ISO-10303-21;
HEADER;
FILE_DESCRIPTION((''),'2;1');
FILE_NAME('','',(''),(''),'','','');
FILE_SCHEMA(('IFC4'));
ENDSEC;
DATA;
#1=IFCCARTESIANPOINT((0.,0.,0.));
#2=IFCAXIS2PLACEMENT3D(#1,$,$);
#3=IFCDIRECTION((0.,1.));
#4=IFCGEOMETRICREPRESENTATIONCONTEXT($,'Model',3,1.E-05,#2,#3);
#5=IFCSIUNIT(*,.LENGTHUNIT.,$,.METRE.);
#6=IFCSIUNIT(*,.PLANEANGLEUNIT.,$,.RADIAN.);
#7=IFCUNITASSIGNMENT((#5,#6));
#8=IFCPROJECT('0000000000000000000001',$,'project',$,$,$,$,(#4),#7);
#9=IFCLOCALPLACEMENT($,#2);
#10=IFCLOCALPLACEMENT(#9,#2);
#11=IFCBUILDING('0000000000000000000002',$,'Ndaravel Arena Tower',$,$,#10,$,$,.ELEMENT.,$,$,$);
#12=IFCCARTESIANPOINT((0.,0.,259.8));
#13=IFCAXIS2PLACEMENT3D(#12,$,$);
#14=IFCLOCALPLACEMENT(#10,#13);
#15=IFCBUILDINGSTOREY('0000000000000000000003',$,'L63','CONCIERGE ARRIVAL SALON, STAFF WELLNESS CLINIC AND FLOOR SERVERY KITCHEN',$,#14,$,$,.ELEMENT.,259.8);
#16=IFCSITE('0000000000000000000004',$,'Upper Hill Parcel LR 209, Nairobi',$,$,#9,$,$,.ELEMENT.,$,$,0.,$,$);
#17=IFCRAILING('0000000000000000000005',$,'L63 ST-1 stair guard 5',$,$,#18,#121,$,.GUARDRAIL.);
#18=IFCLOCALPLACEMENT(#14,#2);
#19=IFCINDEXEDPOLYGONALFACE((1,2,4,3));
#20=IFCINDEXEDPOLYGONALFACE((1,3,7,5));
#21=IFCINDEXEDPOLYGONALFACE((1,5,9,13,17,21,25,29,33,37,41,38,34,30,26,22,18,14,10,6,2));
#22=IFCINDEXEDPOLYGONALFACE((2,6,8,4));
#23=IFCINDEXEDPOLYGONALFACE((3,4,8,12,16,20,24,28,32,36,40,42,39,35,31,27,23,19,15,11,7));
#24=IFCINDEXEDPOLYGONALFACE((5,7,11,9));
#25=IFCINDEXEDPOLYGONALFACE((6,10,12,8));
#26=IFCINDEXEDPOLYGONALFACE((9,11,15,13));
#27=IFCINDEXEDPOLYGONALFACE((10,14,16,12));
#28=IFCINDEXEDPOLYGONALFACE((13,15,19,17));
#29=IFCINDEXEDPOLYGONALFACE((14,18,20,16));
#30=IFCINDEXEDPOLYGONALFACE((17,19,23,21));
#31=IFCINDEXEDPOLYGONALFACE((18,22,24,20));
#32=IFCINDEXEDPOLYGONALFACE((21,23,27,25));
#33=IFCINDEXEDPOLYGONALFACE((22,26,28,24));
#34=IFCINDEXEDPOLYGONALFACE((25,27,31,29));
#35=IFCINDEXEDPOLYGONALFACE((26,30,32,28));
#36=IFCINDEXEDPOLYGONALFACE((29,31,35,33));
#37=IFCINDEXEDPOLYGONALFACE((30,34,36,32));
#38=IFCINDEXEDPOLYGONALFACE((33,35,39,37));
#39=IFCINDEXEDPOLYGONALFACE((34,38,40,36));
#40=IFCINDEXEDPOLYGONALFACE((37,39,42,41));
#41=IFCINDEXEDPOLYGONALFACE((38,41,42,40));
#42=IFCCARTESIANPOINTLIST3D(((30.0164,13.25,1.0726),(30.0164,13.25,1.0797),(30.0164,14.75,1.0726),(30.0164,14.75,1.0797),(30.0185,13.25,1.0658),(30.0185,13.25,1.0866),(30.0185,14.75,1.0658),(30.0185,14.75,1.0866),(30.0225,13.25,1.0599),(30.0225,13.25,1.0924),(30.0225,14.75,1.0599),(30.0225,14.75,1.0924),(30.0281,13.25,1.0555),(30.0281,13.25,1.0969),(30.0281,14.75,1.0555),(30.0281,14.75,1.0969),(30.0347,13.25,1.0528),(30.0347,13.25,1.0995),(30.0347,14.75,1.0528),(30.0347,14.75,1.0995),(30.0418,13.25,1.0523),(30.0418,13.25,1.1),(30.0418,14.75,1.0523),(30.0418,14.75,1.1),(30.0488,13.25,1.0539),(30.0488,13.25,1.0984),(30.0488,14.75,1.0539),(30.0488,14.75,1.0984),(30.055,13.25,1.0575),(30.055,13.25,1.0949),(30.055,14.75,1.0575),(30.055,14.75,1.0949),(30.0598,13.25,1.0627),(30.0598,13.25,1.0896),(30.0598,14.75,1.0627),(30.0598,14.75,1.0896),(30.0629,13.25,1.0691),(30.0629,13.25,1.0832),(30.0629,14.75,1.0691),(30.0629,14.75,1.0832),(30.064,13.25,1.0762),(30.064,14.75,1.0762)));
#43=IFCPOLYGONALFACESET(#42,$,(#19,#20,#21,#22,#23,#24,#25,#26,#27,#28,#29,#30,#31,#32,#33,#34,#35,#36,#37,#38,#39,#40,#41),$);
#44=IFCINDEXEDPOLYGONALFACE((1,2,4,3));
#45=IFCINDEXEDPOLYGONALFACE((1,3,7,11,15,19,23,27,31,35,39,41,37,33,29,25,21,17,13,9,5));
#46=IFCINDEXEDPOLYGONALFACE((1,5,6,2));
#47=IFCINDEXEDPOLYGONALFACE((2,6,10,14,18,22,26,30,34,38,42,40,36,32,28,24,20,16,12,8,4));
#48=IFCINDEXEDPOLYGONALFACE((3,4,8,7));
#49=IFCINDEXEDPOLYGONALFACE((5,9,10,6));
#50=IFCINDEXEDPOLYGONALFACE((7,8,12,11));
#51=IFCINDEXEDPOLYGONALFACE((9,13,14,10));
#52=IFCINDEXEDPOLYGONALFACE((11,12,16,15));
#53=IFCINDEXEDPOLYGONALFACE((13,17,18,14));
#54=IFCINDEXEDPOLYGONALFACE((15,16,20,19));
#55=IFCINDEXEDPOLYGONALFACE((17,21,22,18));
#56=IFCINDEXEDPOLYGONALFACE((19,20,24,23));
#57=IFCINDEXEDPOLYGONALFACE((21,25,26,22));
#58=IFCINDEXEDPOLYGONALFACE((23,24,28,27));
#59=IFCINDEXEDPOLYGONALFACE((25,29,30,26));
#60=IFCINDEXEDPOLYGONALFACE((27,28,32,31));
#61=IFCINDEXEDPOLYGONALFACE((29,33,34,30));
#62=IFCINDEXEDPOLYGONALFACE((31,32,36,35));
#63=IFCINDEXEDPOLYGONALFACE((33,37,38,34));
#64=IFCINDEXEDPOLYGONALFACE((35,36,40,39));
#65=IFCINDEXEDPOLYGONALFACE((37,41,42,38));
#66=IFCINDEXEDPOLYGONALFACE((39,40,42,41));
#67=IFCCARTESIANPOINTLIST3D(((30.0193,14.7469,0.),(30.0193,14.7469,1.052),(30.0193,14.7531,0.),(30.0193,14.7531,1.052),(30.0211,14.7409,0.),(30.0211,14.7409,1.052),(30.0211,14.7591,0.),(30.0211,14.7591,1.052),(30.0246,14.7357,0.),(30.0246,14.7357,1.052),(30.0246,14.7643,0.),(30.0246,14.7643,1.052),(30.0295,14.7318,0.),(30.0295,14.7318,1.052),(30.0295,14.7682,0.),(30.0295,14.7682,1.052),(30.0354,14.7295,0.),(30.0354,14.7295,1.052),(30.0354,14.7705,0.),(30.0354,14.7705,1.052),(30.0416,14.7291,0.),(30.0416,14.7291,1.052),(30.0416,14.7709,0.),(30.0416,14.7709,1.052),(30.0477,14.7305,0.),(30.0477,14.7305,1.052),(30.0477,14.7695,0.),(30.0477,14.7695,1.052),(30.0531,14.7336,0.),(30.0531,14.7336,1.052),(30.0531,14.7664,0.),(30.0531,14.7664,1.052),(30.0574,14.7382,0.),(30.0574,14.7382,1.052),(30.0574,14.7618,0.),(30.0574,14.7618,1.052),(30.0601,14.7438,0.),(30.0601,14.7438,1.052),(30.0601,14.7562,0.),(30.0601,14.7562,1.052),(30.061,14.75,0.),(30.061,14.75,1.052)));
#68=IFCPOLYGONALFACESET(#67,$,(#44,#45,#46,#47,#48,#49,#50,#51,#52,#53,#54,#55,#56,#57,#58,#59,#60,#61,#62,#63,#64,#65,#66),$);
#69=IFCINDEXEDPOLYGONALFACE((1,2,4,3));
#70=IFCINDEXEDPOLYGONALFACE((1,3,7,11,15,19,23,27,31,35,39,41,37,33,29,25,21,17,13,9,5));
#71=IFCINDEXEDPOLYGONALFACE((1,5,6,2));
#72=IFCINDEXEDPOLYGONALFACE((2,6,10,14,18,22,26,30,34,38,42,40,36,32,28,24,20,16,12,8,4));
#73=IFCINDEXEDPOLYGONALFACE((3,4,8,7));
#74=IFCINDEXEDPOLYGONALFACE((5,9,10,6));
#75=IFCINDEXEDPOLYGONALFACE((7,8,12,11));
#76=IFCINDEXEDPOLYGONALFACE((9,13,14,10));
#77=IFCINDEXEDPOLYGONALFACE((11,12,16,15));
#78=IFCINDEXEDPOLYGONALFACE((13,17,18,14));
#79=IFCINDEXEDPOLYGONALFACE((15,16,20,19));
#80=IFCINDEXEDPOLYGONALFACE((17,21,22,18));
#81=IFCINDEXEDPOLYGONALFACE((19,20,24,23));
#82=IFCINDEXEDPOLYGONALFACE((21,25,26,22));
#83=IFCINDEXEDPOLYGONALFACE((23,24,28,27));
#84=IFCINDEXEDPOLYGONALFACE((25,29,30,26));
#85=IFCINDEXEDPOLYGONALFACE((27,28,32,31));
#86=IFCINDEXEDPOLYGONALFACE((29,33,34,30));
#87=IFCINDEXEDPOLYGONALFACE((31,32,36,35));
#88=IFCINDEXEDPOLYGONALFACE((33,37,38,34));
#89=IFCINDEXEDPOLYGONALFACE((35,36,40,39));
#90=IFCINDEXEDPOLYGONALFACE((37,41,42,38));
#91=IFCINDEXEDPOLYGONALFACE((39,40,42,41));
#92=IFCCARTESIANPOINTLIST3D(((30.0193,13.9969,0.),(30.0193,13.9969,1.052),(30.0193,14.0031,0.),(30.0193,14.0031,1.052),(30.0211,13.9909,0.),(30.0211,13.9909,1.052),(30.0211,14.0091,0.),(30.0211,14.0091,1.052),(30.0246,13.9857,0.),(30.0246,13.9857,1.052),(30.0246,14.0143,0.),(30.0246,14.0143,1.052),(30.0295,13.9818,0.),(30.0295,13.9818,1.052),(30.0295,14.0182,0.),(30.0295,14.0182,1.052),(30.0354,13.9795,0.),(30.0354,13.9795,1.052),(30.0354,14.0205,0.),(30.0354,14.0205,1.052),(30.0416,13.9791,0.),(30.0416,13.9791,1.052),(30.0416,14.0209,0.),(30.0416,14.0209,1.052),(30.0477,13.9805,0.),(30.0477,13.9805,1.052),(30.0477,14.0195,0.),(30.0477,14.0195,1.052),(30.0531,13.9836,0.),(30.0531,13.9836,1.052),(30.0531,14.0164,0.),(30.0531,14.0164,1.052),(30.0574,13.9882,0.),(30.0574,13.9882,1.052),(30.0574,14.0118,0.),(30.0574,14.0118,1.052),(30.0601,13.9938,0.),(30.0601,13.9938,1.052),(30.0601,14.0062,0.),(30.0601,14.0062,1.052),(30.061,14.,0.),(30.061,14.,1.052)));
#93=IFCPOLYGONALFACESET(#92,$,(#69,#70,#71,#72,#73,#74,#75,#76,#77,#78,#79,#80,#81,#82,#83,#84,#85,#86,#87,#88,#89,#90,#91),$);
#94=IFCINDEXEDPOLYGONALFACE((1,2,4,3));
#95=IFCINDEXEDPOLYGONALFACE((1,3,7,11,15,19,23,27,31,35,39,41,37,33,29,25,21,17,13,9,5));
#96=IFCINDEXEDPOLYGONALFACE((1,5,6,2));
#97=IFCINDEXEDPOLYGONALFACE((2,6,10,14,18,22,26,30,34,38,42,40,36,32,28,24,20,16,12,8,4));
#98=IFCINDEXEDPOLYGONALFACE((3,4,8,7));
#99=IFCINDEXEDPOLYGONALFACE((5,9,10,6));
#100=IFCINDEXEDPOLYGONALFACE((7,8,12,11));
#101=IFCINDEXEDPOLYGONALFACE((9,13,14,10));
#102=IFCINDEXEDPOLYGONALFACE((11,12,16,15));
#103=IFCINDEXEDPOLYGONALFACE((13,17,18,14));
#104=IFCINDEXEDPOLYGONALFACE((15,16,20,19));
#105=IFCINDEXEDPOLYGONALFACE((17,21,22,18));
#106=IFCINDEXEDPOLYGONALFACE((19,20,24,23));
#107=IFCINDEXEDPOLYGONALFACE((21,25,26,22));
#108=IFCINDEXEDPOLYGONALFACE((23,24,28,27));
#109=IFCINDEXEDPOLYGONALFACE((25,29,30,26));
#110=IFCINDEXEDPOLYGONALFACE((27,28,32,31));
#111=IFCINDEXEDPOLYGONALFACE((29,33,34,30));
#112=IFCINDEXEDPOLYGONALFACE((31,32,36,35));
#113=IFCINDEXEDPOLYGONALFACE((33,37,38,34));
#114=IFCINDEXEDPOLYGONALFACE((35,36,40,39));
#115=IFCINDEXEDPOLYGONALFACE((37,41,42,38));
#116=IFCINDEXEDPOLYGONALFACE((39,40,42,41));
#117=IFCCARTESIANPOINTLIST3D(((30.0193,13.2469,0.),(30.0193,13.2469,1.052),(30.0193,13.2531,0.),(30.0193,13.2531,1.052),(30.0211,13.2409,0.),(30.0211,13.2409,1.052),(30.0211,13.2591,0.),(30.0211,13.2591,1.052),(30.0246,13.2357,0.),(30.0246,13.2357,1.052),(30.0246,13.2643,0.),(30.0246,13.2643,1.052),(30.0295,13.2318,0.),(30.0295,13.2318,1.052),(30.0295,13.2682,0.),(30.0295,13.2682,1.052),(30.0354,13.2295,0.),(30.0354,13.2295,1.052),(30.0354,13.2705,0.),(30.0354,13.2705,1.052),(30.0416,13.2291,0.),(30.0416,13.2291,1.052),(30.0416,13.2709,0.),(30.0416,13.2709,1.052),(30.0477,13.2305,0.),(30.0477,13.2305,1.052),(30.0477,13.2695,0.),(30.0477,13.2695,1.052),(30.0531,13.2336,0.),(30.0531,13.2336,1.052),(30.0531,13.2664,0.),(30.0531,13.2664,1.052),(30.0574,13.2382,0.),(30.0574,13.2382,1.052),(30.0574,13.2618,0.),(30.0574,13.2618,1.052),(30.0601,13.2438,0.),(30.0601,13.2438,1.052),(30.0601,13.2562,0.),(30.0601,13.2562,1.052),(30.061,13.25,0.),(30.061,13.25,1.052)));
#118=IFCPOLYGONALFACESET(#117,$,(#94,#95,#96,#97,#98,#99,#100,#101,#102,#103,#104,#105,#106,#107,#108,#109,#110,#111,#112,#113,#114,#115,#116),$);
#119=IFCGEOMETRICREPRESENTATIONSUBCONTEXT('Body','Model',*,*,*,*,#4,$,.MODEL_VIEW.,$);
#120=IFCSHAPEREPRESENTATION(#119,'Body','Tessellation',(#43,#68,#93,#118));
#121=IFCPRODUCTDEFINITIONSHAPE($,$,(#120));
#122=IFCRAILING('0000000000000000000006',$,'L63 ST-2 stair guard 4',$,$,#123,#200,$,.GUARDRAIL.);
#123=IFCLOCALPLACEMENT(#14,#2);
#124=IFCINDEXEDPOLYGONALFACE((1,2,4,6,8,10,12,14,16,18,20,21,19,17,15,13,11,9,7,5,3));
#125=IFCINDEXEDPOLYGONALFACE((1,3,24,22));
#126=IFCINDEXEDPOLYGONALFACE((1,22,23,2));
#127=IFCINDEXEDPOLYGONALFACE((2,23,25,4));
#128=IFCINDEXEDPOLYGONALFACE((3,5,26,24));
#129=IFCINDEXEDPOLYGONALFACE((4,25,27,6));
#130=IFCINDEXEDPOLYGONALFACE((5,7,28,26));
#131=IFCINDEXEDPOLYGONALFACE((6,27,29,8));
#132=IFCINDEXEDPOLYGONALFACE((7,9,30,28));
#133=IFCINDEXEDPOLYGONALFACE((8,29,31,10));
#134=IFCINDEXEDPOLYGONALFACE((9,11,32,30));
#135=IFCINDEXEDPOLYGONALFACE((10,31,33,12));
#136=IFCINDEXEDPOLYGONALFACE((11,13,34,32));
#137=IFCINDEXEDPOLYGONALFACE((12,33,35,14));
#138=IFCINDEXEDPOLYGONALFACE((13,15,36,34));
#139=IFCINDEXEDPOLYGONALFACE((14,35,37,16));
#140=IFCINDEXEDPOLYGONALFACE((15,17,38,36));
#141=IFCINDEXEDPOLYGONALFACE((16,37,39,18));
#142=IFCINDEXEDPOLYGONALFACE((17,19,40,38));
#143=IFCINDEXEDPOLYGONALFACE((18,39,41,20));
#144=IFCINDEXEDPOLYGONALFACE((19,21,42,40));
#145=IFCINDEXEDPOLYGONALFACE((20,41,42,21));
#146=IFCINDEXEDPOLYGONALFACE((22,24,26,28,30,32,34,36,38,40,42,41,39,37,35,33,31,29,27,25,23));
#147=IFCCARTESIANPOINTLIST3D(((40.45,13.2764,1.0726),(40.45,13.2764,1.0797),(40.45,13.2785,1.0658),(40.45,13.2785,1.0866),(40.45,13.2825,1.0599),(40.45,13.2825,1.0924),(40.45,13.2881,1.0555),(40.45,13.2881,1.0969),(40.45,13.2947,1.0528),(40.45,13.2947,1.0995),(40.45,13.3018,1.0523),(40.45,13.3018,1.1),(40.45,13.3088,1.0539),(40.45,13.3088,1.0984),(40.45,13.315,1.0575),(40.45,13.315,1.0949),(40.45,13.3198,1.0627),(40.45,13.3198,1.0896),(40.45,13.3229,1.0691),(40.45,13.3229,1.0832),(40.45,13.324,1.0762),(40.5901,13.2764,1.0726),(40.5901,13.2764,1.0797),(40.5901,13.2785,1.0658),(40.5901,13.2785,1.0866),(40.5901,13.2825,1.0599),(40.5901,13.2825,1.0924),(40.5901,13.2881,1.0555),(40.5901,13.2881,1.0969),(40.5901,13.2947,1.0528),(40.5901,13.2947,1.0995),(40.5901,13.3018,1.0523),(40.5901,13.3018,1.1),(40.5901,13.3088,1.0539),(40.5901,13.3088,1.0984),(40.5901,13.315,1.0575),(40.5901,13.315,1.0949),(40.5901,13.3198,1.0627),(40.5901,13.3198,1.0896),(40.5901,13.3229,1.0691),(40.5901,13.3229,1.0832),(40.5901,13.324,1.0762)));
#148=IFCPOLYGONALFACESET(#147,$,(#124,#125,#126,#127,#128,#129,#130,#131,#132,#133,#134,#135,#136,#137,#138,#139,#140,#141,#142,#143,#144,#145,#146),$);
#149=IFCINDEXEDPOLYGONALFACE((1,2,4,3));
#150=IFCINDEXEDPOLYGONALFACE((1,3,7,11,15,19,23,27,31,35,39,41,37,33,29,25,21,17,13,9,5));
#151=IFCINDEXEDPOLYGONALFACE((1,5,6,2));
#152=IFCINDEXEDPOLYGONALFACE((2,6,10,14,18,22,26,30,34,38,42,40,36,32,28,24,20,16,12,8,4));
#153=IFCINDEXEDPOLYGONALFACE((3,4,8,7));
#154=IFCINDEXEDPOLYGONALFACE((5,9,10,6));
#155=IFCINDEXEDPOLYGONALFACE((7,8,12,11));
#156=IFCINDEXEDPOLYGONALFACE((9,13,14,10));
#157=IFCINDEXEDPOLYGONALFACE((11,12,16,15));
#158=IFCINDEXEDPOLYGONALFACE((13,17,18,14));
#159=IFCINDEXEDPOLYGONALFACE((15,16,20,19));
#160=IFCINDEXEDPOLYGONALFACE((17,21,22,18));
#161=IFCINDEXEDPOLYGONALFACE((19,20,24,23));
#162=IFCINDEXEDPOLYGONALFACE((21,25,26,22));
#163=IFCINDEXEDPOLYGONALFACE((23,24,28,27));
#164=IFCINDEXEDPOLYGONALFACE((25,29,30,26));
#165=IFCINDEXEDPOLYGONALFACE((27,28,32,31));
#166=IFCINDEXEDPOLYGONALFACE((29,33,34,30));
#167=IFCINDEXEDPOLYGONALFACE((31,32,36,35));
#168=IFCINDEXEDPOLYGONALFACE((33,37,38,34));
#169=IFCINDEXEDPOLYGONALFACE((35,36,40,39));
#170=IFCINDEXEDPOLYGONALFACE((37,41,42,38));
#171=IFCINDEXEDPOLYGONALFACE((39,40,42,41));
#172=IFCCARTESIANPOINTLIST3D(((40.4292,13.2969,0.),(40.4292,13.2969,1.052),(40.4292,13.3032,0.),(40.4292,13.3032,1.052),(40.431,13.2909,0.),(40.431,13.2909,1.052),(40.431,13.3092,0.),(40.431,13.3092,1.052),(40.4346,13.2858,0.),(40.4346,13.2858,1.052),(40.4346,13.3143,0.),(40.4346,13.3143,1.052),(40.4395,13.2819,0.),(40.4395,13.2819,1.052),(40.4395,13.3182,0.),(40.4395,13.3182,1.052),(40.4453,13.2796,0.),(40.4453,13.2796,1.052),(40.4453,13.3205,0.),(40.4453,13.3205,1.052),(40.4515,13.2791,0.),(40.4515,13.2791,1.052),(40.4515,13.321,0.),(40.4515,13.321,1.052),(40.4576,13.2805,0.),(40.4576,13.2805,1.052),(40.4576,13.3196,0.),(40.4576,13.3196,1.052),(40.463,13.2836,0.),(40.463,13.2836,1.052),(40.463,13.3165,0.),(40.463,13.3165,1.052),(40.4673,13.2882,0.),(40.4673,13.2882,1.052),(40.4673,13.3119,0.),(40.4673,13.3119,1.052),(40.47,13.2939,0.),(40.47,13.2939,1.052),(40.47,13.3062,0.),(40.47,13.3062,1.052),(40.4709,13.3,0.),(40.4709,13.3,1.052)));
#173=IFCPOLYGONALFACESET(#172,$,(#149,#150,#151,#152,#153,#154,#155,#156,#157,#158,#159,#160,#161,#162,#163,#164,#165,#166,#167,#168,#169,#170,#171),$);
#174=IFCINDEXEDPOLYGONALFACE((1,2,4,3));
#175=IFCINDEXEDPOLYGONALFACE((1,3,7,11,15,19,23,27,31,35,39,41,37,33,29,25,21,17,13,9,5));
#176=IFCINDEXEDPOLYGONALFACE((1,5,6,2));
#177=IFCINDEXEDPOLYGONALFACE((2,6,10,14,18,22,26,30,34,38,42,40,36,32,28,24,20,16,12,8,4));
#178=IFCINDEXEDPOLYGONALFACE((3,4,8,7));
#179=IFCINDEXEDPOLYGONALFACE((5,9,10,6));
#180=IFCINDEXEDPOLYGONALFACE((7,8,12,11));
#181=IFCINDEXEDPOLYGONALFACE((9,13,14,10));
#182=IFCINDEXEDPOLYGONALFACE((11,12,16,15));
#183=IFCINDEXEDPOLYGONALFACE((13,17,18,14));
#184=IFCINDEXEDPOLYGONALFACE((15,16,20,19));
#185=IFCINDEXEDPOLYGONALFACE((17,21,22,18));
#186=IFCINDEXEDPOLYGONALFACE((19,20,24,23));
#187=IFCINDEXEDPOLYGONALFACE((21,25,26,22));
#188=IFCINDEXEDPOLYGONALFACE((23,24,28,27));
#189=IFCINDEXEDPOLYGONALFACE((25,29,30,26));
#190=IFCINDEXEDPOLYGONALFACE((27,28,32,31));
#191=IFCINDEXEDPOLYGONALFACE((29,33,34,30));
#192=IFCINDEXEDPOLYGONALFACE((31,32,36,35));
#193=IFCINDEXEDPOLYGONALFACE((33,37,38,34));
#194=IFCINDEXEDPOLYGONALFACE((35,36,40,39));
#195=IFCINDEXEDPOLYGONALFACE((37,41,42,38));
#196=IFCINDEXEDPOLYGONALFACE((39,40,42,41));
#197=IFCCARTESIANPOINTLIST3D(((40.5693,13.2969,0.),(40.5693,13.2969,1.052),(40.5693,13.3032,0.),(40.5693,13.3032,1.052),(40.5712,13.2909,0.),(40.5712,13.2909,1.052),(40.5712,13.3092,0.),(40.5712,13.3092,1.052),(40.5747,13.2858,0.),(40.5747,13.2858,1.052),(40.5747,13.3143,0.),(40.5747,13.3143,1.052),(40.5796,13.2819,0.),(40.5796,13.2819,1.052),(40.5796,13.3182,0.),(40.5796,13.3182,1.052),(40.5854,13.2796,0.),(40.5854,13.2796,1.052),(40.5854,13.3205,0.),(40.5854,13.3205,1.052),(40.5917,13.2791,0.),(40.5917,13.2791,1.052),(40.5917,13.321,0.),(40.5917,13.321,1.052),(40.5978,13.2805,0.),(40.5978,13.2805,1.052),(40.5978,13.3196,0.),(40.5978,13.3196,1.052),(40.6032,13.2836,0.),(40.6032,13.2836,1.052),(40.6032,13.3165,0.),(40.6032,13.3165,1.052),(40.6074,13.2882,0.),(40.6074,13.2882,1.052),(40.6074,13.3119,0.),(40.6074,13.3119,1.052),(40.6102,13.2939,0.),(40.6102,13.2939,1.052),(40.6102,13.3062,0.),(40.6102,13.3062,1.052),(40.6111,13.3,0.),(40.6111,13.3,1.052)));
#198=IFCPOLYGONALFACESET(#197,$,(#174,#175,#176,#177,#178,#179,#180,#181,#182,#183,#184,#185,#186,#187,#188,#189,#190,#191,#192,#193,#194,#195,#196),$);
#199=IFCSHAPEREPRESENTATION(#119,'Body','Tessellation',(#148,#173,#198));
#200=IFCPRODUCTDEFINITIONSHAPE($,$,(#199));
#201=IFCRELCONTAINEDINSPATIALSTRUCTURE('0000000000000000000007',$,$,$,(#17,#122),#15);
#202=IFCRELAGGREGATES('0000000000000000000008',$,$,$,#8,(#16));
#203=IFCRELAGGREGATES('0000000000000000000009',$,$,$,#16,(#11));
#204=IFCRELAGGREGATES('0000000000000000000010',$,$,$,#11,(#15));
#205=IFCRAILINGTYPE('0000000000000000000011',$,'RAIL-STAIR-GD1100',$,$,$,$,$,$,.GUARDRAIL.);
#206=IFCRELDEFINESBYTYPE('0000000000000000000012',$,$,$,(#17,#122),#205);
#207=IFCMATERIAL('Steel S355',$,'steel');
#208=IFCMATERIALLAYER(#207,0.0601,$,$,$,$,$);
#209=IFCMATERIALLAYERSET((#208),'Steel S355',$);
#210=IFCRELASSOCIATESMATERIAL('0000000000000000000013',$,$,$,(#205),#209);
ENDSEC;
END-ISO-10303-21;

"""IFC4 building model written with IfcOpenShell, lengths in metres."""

from ifc_helpers import new_model, si_unit, direction, frame, origin, origin_2d, place, context, subcontext, project, spatial, circle, extrude, material, layer, layer_set, type_object, element, save


model = new_model("IFC4")

# Units and contexts
model_context = context("Model", 3, precision=1e-05, world=origin(), true_north=direction((0.0, 1.0)))
body_context = subcontext(model_context, "Body", "Model", "MODEL_VIEW")
ifc_project = project(units=[si_unit("LENGTHUNIT", "METRE"), si_unit("PLANEANGLEUNIT", "RADIAN")], contexts=[model_context])

# Site, building, storey
site_placement = place(None, origin())
site = spatial("IfcSite", under=ifc_project, at=site_placement, Name="Upper Hill Parcel LR 209, Nairobi", CompositionType="ELEMENT", RefElevation=0.0)
building_placement = place(site_placement, origin())
building = spatial("IfcBuilding", under=site, at=building_placement, Name="Ndaravel Arena Tower", CompositionType="ELEMENT")
storey_placement = place(building_placement, frame((0.0, 0.0, 259.8)))
storey = spatial("IfcBuildingStorey", under=building, at=storey_placement, Name="L63", Description="CONCIERGE ARRIVAL SALON, STAFF WELLNESS CLINIC AND FLOOR SERVERY KITCHEN", CompositionType="ELEMENT", Elevation=259.8)

# Railings
ifc_material_1 = material(Name="Steel S355", Category="steel")
ifc_layer_1 = layer(ifc_material_1, 0.0601)
ifc_layer_set_1 = layer_set([ifc_layer_1], Name="Steel S355")
railing_type = type_object("IfcRailingType", Name="RAIL-STAIR-GD1100", PredefinedType="GUARDRAIL", material=ifc_layer_set_1)
railing_1_placement = place(storey_placement, frame((30.04, 14.75, 0.0)))
element("IfcRailing", 1, at=railing_1_placement, inside=storey, type_object=railing_type, Name="L63 ST-1 stair guard 5", PredefinedType="GUARDRAIL", context=body_context, shape_type="SweptSolid", body=[
    extrude(circle(Radius=0.0239, at=origin_2d()), frame((0.0, 0.0, 1.0762), z_axis=(0.0, -1.0, 0.0), x_axis=(1.0, 0.0, 0.0)), (0.0, 0.0, 1.0), 1.5),
    extrude(circle(Radius=0.021, at=origin_2d()), origin(), (0.0, 0.0, 1.0), 1.052),
    extrude(circle(Radius=0.021, at=origin_2d()), frame((0.0, -0.75, 0.0)), (0.0, 0.0, 1.0), 1.052),
    extrude(circle(Radius=0.021, at=origin_2d()), frame((0.0, -1.5, 0.0)), (0.0, 0.0, 1.0), 1.052),
])
railing_2_placement = place(storey_placement, frame((40.45, 13.3, 0.0)))
element("IfcRailing", 2, at=railing_2_placement, inside=storey, type_object=railing_type, Name="L63 ST-2 stair guard 4", PredefinedType="GUARDRAIL", context=body_context, shape_type="SweptSolid", body=[
    extrude(circle(Radius=0.0239, at=origin_2d()), frame((0.0, 0.0, 1.0762), z_axis=(1.0, 0.0, 0.0), x_axis=(0.0, 1.0, 0.0)), (0.0, 0.0, 1.0), 0.1401),
    extrude(circle(Radius=0.021, at=origin_2d()), origin(), (0.0, 0.0, 1.0), 1.052),
    extrude(circle(Radius=0.021, at=origin_2d()), frame((0.1401, 0.0, 0.0)), (0.0, 0.0, 1.0), 1.052),
])

save(model, "model.ifc")
